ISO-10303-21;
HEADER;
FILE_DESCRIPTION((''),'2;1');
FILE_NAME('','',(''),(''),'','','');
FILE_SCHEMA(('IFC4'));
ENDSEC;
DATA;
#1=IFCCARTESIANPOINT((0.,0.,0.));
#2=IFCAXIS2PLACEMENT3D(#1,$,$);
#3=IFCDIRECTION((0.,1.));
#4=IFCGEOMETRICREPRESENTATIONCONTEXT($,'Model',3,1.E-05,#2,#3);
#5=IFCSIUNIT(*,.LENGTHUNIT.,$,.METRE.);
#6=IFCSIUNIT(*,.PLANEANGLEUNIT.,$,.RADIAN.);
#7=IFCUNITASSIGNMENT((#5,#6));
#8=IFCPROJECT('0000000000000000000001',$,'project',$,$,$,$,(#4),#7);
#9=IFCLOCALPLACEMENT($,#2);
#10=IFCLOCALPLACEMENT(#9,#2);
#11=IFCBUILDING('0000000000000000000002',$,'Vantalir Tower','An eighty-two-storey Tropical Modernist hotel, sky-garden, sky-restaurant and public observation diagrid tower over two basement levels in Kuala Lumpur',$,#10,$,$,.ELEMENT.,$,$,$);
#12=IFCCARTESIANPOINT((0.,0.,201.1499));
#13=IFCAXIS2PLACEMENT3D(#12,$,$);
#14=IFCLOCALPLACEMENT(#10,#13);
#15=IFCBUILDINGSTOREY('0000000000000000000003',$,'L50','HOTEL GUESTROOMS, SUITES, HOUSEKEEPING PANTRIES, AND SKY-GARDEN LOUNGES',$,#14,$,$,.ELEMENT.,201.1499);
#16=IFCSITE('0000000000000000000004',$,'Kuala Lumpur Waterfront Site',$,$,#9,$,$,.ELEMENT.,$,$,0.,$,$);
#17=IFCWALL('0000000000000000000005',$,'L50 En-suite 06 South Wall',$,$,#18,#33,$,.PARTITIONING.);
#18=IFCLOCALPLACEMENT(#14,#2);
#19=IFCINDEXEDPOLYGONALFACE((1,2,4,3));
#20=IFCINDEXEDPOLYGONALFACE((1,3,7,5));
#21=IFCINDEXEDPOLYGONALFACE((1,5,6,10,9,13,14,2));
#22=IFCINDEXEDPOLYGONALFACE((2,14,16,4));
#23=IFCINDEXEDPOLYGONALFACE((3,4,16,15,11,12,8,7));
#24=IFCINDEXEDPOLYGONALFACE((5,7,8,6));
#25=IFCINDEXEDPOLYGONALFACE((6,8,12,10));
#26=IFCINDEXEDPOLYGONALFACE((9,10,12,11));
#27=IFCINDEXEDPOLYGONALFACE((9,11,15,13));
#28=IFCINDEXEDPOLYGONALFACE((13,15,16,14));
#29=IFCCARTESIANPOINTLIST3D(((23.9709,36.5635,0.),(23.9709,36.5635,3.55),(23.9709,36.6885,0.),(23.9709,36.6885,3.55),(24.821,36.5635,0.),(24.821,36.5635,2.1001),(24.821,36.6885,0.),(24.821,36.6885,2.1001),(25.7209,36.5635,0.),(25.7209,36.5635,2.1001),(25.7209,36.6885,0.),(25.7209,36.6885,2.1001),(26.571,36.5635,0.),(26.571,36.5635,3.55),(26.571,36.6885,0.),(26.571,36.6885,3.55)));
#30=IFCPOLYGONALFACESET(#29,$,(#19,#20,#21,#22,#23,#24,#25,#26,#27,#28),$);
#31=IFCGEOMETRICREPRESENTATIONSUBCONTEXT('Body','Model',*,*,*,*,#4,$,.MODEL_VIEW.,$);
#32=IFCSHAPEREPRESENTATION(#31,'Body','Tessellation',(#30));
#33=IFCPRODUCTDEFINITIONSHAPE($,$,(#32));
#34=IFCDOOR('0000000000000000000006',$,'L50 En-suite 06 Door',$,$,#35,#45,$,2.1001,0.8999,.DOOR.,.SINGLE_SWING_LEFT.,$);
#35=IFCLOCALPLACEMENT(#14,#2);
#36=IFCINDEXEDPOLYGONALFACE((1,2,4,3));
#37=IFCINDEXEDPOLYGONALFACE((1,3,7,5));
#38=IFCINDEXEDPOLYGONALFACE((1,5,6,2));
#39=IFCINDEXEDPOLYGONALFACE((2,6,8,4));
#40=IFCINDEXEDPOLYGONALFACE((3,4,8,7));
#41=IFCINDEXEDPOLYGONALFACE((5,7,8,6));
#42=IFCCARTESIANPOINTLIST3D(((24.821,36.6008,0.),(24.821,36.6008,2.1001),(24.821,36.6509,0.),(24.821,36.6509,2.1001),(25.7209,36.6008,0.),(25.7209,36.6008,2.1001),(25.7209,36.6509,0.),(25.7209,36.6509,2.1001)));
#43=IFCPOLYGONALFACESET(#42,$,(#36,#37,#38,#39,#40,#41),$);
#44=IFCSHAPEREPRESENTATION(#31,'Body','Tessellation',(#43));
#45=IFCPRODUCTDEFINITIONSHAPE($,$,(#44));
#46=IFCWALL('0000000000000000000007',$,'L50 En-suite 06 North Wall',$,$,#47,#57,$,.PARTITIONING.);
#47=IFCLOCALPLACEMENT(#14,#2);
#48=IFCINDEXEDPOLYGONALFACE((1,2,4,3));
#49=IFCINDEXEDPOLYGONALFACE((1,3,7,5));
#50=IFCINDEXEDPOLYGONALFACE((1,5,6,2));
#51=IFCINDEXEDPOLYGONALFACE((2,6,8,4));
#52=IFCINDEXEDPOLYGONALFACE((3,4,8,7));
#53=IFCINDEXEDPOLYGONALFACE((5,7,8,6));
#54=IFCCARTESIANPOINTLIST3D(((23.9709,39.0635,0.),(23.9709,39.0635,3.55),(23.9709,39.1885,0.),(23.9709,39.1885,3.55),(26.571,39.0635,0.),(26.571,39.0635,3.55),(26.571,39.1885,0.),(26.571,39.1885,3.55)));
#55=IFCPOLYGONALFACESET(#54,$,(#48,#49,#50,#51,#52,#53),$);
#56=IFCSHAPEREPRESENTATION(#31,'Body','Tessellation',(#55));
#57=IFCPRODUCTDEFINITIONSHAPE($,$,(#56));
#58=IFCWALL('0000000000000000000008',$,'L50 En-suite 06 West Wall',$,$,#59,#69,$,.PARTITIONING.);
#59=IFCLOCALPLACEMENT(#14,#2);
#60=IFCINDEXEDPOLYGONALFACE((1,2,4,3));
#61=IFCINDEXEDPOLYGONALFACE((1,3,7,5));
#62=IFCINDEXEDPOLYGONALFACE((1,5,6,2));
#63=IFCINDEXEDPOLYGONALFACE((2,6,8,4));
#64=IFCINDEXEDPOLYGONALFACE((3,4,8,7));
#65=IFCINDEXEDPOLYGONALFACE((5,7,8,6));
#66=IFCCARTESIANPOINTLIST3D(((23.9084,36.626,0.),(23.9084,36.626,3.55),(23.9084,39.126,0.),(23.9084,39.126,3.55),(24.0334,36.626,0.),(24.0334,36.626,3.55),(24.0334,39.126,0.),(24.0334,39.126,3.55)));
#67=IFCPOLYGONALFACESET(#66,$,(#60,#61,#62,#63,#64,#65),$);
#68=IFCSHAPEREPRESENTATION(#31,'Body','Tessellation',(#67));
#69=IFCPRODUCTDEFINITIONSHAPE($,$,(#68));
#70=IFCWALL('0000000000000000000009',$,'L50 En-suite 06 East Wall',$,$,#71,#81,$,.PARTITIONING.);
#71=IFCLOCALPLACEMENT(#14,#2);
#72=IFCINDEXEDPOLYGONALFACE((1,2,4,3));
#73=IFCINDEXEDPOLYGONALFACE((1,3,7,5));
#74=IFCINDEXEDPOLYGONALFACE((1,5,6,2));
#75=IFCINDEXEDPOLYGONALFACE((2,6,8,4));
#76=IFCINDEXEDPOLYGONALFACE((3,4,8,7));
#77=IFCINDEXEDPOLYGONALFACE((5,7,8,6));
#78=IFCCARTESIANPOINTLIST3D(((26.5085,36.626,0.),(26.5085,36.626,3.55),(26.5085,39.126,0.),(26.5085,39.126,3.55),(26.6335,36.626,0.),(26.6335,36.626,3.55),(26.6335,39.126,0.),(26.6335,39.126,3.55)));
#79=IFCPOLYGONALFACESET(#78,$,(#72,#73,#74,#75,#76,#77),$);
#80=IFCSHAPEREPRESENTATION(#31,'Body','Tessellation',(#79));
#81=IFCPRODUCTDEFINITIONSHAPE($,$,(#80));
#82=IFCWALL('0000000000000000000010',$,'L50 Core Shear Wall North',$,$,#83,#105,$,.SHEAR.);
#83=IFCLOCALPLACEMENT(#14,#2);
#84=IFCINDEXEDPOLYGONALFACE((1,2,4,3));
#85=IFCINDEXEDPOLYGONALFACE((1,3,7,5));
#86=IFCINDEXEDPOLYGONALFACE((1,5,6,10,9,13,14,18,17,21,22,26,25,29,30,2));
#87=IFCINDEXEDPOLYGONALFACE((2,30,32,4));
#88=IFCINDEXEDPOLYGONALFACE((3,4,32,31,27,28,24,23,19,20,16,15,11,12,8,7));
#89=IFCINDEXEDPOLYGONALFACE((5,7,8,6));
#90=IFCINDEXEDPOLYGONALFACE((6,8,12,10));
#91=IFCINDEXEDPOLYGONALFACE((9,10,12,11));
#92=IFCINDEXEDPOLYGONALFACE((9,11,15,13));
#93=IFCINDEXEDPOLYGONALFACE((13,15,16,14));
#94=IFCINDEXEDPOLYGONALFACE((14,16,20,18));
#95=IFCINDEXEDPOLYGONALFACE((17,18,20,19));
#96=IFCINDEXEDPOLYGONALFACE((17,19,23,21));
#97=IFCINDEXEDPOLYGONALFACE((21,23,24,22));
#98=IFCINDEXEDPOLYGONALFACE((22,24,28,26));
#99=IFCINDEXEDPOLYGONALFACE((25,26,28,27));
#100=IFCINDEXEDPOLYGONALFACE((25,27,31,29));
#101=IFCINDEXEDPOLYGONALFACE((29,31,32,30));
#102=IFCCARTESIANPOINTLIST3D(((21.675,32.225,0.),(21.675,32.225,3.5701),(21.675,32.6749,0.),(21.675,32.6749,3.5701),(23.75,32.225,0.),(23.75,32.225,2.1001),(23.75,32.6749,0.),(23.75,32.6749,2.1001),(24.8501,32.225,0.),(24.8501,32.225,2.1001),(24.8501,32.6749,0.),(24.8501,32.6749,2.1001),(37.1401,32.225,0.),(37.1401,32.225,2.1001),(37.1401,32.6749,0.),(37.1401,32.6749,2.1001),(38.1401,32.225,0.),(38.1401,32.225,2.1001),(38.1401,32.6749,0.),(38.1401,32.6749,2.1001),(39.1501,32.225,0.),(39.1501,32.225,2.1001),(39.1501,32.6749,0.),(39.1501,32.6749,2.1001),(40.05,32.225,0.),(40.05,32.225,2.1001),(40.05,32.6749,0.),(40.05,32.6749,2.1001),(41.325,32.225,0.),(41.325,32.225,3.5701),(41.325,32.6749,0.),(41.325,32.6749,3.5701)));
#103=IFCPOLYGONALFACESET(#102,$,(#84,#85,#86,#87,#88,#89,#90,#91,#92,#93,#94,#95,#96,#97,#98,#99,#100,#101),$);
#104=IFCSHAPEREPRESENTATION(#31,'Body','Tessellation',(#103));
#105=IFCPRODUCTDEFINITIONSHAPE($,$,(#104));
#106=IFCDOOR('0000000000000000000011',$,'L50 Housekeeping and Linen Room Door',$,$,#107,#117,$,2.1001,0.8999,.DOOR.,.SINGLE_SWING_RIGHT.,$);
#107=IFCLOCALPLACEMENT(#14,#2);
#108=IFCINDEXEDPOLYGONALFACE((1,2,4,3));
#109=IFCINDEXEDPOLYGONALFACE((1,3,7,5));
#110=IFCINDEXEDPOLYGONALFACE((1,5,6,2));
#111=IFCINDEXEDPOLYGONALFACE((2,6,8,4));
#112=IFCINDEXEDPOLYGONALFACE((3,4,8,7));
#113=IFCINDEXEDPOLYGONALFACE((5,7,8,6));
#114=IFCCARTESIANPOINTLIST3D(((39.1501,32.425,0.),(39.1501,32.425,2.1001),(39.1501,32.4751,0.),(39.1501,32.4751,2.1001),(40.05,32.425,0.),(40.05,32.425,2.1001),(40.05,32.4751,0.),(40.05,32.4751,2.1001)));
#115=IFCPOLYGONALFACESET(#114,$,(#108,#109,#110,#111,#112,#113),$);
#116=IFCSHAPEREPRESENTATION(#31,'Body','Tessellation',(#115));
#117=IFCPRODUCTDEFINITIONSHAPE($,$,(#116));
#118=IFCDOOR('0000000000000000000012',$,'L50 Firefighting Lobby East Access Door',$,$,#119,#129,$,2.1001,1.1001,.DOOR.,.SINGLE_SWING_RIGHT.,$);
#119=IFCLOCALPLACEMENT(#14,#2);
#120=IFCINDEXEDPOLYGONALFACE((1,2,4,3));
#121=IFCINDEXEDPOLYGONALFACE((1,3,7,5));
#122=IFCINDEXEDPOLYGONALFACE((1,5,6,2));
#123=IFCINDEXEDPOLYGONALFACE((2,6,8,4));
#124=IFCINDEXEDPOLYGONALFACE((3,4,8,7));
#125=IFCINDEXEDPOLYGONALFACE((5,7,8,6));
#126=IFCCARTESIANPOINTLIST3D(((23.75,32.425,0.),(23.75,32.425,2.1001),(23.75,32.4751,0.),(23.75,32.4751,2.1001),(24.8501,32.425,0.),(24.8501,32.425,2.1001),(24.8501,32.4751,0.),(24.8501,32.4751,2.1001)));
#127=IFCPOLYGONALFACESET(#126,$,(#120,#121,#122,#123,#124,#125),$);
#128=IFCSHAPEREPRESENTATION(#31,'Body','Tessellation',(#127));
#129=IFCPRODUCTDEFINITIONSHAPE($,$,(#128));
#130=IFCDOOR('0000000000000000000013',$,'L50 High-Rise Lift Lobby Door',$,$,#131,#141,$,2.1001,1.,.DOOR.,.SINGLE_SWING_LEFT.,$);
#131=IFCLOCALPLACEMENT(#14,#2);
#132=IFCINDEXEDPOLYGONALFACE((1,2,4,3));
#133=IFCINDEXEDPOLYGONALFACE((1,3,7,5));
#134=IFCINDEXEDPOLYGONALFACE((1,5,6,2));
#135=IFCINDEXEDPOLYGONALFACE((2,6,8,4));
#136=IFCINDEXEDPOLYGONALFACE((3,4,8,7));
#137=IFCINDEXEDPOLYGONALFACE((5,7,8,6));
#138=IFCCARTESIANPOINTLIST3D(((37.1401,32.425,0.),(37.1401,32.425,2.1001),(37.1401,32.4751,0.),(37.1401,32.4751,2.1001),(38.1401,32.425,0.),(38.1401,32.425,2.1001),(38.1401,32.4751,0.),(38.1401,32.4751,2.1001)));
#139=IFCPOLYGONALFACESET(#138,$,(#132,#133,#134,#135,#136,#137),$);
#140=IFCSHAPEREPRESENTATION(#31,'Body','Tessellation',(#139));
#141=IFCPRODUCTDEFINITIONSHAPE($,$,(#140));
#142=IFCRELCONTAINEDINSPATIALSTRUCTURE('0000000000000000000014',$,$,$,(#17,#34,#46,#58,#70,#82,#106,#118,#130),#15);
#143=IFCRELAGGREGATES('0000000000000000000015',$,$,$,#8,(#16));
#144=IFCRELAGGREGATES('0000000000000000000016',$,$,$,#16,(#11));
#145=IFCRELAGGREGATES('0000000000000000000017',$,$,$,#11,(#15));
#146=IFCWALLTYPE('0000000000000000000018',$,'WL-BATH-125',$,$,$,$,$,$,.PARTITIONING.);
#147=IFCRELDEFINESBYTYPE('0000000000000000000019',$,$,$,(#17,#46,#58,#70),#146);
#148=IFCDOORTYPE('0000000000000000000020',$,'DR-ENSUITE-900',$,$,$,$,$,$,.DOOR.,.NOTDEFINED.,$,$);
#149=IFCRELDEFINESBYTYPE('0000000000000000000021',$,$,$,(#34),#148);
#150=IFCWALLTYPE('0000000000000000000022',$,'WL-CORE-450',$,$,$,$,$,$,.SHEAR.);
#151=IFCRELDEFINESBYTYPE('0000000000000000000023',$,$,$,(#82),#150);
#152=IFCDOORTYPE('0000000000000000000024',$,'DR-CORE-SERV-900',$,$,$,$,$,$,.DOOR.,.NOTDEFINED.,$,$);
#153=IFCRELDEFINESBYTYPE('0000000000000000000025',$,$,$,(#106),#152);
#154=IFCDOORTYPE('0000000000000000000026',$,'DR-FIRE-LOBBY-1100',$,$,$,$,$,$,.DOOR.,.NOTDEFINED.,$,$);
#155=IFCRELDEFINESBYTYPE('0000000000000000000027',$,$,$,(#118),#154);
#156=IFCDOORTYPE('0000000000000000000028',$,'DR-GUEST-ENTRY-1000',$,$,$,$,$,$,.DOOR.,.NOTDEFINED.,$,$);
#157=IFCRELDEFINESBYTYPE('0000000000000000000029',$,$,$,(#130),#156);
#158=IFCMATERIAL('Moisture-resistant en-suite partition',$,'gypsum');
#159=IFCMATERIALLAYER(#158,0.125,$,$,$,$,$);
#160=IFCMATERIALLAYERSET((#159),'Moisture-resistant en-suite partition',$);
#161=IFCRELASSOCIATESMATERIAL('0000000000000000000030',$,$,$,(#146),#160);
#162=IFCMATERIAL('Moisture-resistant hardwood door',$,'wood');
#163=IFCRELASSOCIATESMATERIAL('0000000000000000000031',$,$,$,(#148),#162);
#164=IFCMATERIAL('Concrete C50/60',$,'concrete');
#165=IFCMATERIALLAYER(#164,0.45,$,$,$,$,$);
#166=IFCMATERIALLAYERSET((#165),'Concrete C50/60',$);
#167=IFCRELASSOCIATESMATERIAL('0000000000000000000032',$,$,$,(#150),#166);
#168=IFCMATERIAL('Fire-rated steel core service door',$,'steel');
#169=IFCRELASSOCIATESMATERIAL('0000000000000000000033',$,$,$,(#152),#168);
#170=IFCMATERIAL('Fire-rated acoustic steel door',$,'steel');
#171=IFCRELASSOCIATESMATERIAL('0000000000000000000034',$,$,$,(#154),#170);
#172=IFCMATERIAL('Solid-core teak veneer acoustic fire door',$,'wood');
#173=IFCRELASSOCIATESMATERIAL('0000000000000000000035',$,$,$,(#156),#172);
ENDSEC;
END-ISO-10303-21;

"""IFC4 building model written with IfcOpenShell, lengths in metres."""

from ifc_helpers import new_model, si_unit, direction, frame, frame_2d, origin, place, context, subcontext, project, spatial, rectangle, extrude, material, layer, layer_set, type_object, element, fill, save


model = new_model("IFC4")

# Units and contexts
model_context = context("Model", 3, precision=1e-05, world=origin(), true_north=direction((0.0, 1.0)))
body_context = subcontext(model_context, "Body", "Model", "MODEL_VIEW")
ifc_project = project(units=[si_unit("LENGTHUNIT", "METRE"), si_unit("PLANEANGLEUNIT", "RADIAN")], contexts=[model_context])

# Site, building, storey
site_placement = place(None, origin())
site = spatial("IfcSite", under=ifc_project, at=site_placement, Name="Kuala Lumpur Waterfront Site", CompositionType="ELEMENT", RefElevation=0.0)
building_placement = place(site_placement, origin())
building = spatial("IfcBuilding", under=site, at=building_placement, Name="Vantalir Tower", Description="An eighty-two-storey Tropical Modernist hotel, sky-garden, sky-restaurant and public observation diagrid tower over two basement levels in Kuala Lumpur", CompositionType="ELEMENT")
storey_placement = place(building_placement, frame((0.0, 0.0, 201.1499)))
storey = spatial("IfcBuildingStorey", under=building, at=storey_placement, Name="L50", Description="HOTEL GUESTROOMS, SUITES, HOUSEKEEPING PANTRIES, AND SKY-GARDEN LOUNGES", CompositionType="ELEMENT", Elevation=201.1499)

# Shared definitions
ifc_material_1 = material(Name="Concrete C50/60", Category="concrete")

# Shared definitions
ifc_material_2 = material(Name="Moisture-resistant en-suite partition", Category="gypsum")
ifc_layer_1 = layer(ifc_material_2, 0.125)
ifc_layer_set_1 = layer_set([ifc_layer_1], Name="Moisture-resistant en-suite partition")
wall_type_1 = type_object("IfcWallType", Name="WL-BATH-125", PredefinedType="PARTITIONING", material=ifc_layer_set_1)
ifc_material_3 = material(Name="Moisture-resistant hardwood door", Category="wood")
door_type_1 = type_object("IfcDoorType", Name="DR-ENSUITE-900", OperationType="NOTDEFINED", PredefinedType="DOOR", material=ifc_material_3)

# Wall, opening, door
wall_1_placement = place(storey_placement, frame((23.9709, 36.626, 0.0), z_axis=(0.0, 0.0, 1.0), x_axis=(1.0, 0.0, 0.0)))
wall_1 = element("IfcWall", 1, at=wall_1_placement, inside=storey, type_object=wall_type_1, Name="L50 En-suite 06 South Wall", PredefinedType="PARTITIONING", context=body_context, shape_type="SweptSolid", body=[
    extrude(rectangle(XDim=2.6001, YDim=0.125, at=frame_2d((1.3, 0.0))), origin(), (0.0, 0.0, 1.0), 3.55),
])
opening_1_placement = place(wall_1_placement, frame((0.8501, 0.0, 0.0)))
opening_1 = element("IfcOpeningElement", 2, at=opening_1_placement, cuts=wall_1, PredefinedType="OPENING", context=body_context, shape_type="SweptSolid", body=[
    extrude(rectangle(XDim=0.8999, YDim=2.1001, at=frame_2d((0.45, 1.05))), frame((0.0, 0.0725, 0.0), z_axis=(0.0, -1.0, 0.0), x_axis=(1.0, 0.0, 0.0)), (0.0, 0.0, 1.0), 0.145),
])
door_1_placement = place(opening_1_placement, origin())
door_1 = element("IfcDoor", 3, at=door_1_placement, inside=storey, type_object=door_type_1, Name="L50 En-suite 06 Door", OperationType="SINGLE_SWING_LEFT", OverallHeight=2.1001, OverallWidth=0.8999, PredefinedType="DOOR", context=body_context, shape_type="SweptSolid", body=[
    extrude(rectangle(XDim=0.8999, YDim=2.1001, at=frame_2d((0.45, 1.05))), frame((0.0, 0.0249, 0.0), z_axis=(0.0, -1.0, 0.0), x_axis=(1.0, 0.0, 0.0)), (0.0, 0.0, 1.0), 0.05),
])
fill(opening_1, door_1)

# Walls
wall_2_placement = place(storey_placement, frame((23.9709, 39.126, 0.0), z_axis=(0.0, 0.0, 1.0), x_axis=(1.0, 0.0, 0.0)))
element("IfcWall", 4, at=wall_2_placement, inside=storey, type_object=wall_type_1, Name="L50 En-suite 06 North Wall", PredefinedType="PARTITIONING", context=body_context, shape_type="SweptSolid", body=[
    extrude(rectangle(XDim=2.6001, YDim=0.125, at=frame_2d((1.3, 0.0))), origin(), (0.0, 0.0, 1.0), 3.55),
])
for number, where, z_axis, x_axis, name in (
    (5, (23.9709, 36.626, 0.0), (0.0, 0.0, 1.0), (0.0, 1.0, 0.0), "L50 En-suite 06 West Wall"),
    (6, (26.571, 36.626, 0.0), (0.0, 0.0, 1.0), (0.0, 1.0, 0.0), "L50 En-suite 06 East Wall"),
):
    element("IfcWall", number, at=place(storey_placement, frame(where, z_axis=z_axis, x_axis=x_axis)), inside=storey, type_object=wall_type_1, Name=name, PredefinedType="PARTITIONING", context=body_context, shape_type="SweptSolid", body=[
        extrude(rectangle(XDim=2.5, YDim=0.125, at=frame_2d((1.25, 0.0))), origin(), (0.0, 0.0, 1.0), 3.55),
    ])

# Wall, openings, doors
ifc_layer_2 = layer(ifc_material_1, 0.45)
ifc_layer_set_2 = layer_set([ifc_layer_2], Name="Concrete C50/60")
wall_type_2 = type_object("IfcWallType", Name="WL-CORE-450", PredefinedType="SHEAR", material=ifc_layer_set_2)
wall_3_placement = place(storey_placement, frame((21.675, 32.45, 0.0), z_axis=(0.0, 0.0, 1.0), x_axis=(1.0, 0.0, 0.0)))
wall_3 = element("IfcWall", 7, at=wall_3_placement, inside=storey, type_object=wall_type_2, Name="L50 Core Shear Wall North", PredefinedType="SHEAR", context=body_context, shape_type="SweptSolid", body=[
    extrude(rectangle(XDim=19.6499, YDim=0.45, at=frame_2d((9.825, 0.0))), origin(), (0.0, 0.0, 1.0), 3.5701),
])
opening_2_placement = place(wall_3_placement, frame((2.075, 0.0, 0.0)))
opening_2 = element("IfcOpeningElement", 8, at=opening_2_placement, cuts=wall_3, PredefinedType="OPENING", context=body_context, shape_type="SweptSolid", body=[
    extrude(rectangle(XDim=1.1001, YDim=2.1001, at=frame_2d((0.55, 1.05))), frame((0.0, 0.2349, 0.0), z_axis=(0.0, -1.0, 0.0), x_axis=(1.0, 0.0, 0.0)), (0.0, 0.0, 1.0), 0.47),
])
opening_3_placement = place(wall_3_placement, frame((15.4651, 0.0, 0.0)))
opening_3 = element("IfcOpeningElement", 9, at=opening_3_placement, cuts=wall_3, PredefinedType="OPENING", context=body_context, shape_type="SweptSolid", body=[
    extrude(rectangle(XDim=1.0, YDim=2.1001, at=frame_2d((0.5, 1.05))), frame((0.0, 0.2349, 0.0), z_axis=(0.0, -1.0, 0.0), x_axis=(1.0, 0.0, 0.0)), (0.0, 0.0, 1.0), 0.47),
])
opening_4_placement = place(wall_3_placement, frame((17.4751, 0.0, 0.0)))
opening_4 = element("IfcOpeningElement", 10, at=opening_4_placement, cuts=wall_3, PredefinedType="OPENING", context=body_context, shape_type="SweptSolid", body=[
    extrude(rectangle(XDim=0.8999, YDim=2.1001, at=frame_2d((0.45, 1.05))), frame((0.0, 0.2349, 0.0), z_axis=(0.0, -1.0, 0.0), x_axis=(1.0, 0.0, 0.0)), (0.0, 0.0, 1.0), 0.47),
])
ifc_material_4 = material(Name="Fire-rated steel core service door", Category="steel")
door_type_2 = type_object("IfcDoorType", Name="DR-CORE-SERV-900", OperationType="NOTDEFINED", PredefinedType="DOOR", material=ifc_material_4)
door_2_placement = place(opening_4_placement, frame((0.8999, 0.0, 0.0), z_axis=(0.0, 0.0, 1.0), x_axis=(-1.0, 0.0, 0.0)))
door_2 = element("IfcDoor", 11, at=door_2_placement, inside=storey, type_object=door_type_2, Name="L50 Housekeeping and Linen Room Door", OperationType="SINGLE_SWING_RIGHT", OverallHeight=2.1001, OverallWidth=0.8999, PredefinedType="DOOR", context=body_context, shape_type="SweptSolid", body=[
    extrude(rectangle(XDim=0.8999, YDim=2.1001, at=frame_2d((0.45, 1.05))), frame((0.0, 0.0249, 0.0), z_axis=(0.0, -1.0, 0.0), x_axis=(1.0, 0.0, 0.0)), (0.0, 0.0, 1.0), 0.05),
])
fill(opening_4, door_2)
ifc_material_5 = material(Name="Fire-rated acoustic steel door", Category="steel")
door_type_3 = type_object("IfcDoorType", Name="DR-FIRE-LOBBY-1100", OperationType="NOTDEFINED", PredefinedType="DOOR", material=ifc_material_5)
door_3_placement = place(opening_2_placement, frame((1.1001, 0.0, 0.0), z_axis=(0.0, 0.0, 1.0), x_axis=(-1.0, 0.0, 0.0)))
door_3 = element("IfcDoor", 12, at=door_3_placement, inside=storey, type_object=door_type_3, Name="L50 Firefighting Lobby East Access Door", OperationType="SINGLE_SWING_RIGHT", OverallHeight=2.1001, OverallWidth=1.1001, PredefinedType="DOOR", context=body_context, shape_type="SweptSolid", body=[
    extrude(rectangle(XDim=1.1001, YDim=2.1001, at=frame_2d((0.55, 1.05))), frame((0.0, 0.0249, 0.0), z_axis=(0.0, -1.0, 0.0), x_axis=(1.0, 0.0, 0.0)), (0.0, 0.0, 1.0), 0.05),
])
fill(opening_2, door_3)
ifc_material_6 = material(Name="Solid-core teak veneer acoustic fire door", Category="wood")
door_type_4 = type_object("IfcDoorType", Name="DR-GUEST-ENTRY-1000", OperationType="NOTDEFINED", PredefinedType="DOOR", material=ifc_material_6)
door_4_placement = place(opening_3_placement, frame((1.0, 0.0, 0.0), z_axis=(0.0, 0.0, 1.0), x_axis=(-1.0, 0.0, 0.0)))
door_4 = element("IfcDoor", 13, at=door_4_placement, inside=storey, type_object=door_type_4, Name="L50 High-Rise Lift Lobby Door", OperationType="SINGLE_SWING_LEFT", OverallHeight=2.1001, OverallWidth=1.0, PredefinedType="DOOR", context=body_context, shape_type="SweptSolid", body=[
    extrude(rectangle(XDim=1.0, YDim=2.1001, at=frame_2d((0.5, 1.05))), frame((0.0, 0.0249, 0.0), z_axis=(0.0, -1.0, 0.0), x_axis=(1.0, 0.0, 0.0)), (0.0, 0.0, 1.0), 0.05),
])
fill(opening_3, door_4)

save(model, "model.ifc")
